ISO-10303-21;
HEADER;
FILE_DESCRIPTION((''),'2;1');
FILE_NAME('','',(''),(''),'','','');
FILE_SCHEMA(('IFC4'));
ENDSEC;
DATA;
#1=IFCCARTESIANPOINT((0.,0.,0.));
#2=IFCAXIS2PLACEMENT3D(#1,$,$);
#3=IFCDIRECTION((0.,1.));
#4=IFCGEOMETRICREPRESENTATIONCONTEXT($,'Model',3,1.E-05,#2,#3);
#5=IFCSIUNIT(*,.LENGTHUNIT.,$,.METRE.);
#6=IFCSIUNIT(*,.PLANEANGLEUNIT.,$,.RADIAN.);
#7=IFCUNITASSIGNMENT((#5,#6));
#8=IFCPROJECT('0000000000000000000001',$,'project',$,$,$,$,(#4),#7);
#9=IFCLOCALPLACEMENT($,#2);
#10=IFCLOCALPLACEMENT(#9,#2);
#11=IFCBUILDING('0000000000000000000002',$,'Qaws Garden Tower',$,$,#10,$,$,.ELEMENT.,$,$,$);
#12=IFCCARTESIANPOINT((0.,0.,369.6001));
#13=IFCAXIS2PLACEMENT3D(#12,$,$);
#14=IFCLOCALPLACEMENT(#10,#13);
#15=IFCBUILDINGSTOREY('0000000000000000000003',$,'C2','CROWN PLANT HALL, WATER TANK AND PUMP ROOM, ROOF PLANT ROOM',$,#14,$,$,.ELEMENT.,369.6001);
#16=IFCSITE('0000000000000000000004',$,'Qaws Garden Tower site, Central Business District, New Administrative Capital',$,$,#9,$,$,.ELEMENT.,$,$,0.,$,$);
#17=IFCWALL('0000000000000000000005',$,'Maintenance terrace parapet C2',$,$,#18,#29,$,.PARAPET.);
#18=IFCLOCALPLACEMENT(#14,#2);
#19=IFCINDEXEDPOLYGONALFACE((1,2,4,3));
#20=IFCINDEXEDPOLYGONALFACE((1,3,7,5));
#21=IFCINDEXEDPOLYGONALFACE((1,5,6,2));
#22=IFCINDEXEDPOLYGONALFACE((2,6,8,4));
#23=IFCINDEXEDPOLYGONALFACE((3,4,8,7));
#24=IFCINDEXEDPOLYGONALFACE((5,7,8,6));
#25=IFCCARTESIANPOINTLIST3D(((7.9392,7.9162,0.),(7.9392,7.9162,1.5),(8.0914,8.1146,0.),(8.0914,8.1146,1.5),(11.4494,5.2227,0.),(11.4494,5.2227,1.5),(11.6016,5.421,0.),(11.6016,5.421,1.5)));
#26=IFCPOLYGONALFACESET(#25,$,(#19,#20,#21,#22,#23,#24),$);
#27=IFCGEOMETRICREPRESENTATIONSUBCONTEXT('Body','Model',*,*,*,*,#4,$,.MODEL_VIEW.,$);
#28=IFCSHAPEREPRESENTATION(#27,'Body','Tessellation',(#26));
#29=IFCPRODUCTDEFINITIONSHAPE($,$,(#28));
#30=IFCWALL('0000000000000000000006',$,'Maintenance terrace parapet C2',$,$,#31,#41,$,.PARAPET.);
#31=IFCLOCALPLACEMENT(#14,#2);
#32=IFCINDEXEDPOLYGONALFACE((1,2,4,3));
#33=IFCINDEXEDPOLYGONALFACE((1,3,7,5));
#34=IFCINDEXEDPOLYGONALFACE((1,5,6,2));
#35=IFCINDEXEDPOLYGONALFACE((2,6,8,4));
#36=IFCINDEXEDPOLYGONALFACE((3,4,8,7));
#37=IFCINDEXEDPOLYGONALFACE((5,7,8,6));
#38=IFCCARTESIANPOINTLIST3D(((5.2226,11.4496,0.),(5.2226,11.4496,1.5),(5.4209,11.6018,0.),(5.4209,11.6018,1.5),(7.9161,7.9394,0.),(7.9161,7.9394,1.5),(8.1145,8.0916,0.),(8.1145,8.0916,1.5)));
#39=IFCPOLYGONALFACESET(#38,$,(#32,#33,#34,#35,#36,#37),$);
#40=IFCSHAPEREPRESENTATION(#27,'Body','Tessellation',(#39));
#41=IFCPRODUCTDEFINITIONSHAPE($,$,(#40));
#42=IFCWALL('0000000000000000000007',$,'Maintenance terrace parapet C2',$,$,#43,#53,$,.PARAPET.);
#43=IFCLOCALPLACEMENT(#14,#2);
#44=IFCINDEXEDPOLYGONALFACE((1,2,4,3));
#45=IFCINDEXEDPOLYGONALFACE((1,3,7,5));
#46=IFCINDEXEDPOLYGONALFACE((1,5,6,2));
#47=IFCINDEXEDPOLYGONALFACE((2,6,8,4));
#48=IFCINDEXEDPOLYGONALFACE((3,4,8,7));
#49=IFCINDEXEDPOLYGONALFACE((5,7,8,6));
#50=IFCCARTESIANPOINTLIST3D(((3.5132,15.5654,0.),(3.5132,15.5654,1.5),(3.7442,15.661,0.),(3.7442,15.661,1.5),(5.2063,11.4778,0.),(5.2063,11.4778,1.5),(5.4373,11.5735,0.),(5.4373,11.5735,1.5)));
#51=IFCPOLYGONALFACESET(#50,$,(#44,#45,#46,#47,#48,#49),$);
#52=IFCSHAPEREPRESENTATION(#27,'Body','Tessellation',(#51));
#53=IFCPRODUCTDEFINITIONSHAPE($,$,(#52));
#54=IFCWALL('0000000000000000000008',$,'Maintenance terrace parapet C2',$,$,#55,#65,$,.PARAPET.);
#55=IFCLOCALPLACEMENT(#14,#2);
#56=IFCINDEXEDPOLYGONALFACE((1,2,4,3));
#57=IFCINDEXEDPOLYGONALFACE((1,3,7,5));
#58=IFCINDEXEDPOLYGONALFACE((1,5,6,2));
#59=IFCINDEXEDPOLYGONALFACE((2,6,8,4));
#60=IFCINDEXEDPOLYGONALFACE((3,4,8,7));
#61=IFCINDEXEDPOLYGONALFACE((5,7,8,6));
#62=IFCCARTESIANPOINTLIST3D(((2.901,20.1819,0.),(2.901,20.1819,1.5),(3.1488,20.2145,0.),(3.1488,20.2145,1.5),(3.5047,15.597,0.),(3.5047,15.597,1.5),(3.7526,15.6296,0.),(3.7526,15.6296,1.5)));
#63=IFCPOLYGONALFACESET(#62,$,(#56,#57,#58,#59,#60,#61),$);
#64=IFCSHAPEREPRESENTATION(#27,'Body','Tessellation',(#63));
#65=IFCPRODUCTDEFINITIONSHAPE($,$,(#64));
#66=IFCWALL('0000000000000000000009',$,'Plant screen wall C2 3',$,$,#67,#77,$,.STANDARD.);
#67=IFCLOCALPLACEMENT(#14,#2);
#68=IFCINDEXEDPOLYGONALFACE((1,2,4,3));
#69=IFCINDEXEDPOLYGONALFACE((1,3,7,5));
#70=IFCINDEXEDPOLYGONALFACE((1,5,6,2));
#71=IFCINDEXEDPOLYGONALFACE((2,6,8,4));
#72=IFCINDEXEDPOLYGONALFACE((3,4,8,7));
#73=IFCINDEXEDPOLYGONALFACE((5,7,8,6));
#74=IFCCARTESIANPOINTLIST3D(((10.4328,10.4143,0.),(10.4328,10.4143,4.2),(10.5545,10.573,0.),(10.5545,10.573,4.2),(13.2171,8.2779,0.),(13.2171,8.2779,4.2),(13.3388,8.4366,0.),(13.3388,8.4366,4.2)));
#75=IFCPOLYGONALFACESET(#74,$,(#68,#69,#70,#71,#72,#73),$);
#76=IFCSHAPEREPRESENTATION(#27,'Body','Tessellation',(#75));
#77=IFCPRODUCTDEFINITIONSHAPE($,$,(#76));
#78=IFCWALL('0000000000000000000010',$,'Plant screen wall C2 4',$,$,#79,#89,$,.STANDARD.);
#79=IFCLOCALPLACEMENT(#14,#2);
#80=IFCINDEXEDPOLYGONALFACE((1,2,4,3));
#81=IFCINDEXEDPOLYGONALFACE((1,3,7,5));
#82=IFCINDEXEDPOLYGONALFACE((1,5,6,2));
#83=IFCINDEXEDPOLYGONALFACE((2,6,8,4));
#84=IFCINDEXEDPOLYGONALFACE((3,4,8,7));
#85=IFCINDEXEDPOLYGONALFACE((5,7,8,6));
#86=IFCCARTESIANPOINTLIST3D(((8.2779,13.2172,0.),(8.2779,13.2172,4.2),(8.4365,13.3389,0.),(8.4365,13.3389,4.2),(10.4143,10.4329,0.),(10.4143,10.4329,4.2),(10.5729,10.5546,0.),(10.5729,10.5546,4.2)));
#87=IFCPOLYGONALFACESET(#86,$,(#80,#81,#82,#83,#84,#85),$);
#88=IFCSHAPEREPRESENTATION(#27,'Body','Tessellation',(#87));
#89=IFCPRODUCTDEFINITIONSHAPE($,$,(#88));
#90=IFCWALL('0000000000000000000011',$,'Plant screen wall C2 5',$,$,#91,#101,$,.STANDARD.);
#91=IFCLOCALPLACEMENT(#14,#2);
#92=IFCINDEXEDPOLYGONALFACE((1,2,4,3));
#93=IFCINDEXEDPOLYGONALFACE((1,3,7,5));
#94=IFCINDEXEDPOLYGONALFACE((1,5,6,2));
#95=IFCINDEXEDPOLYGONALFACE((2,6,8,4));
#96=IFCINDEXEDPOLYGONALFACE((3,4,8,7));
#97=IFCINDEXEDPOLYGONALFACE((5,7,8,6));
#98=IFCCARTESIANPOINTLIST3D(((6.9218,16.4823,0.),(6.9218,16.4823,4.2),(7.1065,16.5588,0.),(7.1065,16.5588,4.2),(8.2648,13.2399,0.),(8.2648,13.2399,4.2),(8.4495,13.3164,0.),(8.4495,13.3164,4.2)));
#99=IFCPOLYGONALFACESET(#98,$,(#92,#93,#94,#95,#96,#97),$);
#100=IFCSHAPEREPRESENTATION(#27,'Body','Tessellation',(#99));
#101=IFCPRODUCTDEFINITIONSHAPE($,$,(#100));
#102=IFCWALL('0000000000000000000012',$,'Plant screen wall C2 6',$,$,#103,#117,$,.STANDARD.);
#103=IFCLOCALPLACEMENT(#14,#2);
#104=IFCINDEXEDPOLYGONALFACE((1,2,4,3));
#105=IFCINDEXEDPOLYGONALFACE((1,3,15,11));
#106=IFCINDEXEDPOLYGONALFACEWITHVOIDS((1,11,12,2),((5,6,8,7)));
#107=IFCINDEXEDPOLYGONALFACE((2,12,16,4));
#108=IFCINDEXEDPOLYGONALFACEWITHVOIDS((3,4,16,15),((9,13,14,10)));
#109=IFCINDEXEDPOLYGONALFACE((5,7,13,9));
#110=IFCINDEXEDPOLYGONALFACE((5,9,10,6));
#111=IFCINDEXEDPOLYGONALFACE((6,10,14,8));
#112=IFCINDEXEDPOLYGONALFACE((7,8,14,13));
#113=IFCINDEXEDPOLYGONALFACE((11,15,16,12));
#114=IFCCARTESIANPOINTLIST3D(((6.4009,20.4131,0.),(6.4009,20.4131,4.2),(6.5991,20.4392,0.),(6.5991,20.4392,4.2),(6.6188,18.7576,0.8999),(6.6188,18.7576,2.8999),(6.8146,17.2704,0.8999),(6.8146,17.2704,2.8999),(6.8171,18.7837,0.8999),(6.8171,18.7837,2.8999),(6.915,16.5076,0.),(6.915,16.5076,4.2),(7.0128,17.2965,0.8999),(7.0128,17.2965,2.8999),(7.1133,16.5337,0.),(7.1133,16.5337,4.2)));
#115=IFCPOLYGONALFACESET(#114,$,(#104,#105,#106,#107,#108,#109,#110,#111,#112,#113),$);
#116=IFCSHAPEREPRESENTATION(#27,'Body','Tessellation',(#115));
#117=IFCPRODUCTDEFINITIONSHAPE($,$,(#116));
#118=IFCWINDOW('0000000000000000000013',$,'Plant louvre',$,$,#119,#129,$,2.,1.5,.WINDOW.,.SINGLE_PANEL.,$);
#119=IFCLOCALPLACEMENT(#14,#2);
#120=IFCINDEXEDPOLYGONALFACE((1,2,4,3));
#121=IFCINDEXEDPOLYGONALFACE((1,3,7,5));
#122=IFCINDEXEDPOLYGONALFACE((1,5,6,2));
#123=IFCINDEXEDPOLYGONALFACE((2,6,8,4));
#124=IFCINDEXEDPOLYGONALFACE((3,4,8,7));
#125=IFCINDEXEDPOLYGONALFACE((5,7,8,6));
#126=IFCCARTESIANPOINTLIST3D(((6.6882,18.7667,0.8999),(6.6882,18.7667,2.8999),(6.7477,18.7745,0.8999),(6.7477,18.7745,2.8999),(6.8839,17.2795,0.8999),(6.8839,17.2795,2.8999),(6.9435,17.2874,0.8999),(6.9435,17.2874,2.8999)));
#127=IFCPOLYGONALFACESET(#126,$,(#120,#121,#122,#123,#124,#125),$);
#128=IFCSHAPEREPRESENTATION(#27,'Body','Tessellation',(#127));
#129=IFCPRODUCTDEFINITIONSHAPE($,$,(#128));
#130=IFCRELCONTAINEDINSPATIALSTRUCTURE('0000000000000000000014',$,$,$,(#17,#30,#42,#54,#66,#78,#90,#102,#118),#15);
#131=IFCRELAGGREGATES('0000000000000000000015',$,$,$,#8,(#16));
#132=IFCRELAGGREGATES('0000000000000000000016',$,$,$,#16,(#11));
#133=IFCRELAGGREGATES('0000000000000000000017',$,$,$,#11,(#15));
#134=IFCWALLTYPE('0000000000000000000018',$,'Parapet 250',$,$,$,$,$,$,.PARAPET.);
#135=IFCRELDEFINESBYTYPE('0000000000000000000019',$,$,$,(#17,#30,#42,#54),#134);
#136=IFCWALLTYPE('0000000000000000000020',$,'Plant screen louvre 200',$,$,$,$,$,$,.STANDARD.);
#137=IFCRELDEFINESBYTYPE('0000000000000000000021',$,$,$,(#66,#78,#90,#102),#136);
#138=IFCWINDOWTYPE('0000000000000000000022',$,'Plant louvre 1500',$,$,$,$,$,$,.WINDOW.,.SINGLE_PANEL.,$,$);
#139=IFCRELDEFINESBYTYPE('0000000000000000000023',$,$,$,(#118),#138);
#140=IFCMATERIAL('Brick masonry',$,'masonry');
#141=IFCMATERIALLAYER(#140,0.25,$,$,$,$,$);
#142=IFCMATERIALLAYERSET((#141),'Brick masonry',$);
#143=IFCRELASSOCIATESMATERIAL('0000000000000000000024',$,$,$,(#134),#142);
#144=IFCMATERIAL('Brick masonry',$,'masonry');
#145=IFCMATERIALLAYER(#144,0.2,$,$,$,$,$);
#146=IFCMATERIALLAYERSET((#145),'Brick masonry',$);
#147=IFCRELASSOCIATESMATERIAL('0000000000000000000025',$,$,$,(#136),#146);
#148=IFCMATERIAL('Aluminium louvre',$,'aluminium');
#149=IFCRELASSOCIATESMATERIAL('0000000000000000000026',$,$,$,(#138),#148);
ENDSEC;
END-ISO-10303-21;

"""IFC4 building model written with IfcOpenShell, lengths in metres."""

from ifc_helpers import new_model, si_unit, direction, frame, frame_2d, origin, place, context, subcontext, project, spatial, rectangle, extrude, material, layer, layer_set, type_object, element, fill, save


model = new_model("IFC4")

# Units and contexts
model_context = context("Model", 3, precision=1e-05, world=origin(), true_north=direction((0.0, 1.0)))
body_context = subcontext(model_context, "Body", "Model", "MODEL_VIEW")
ifc_project = project(units=[si_unit("LENGTHUNIT", "METRE"), si_unit("PLANEANGLEUNIT", "RADIAN")], contexts=[model_context])

# Site, building, storey
site_placement = place(None, origin())
site = spatial("IfcSite", under=ifc_project, at=site_placement, Name="Qaws Garden Tower site, Central Business District, New Administrative Capital", CompositionType="ELEMENT", RefElevation=0.0)
building_placement = place(site_placement, origin())
building = spatial("IfcBuilding", under=site, at=building_placement, Name="Qaws Garden Tower", CompositionType="ELEMENT")
storey_placement = place(building_placement, frame((0.0, 0.0, 369.6001)))
storey = spatial("IfcBuildingStorey", under=building, at=storey_placement, Name="C2", Description="CROWN PLANT HALL, WATER TANK AND PUMP ROOM, ROOF PLANT ROOM", CompositionType="ELEMENT", Elevation=369.6001)

# Walls
ifc_material_1 = material(Name="Brick masonry", Category="masonry")
ifc_layer_1 = layer(ifc_material_1, 0.25)
ifc_layer_set_1 = layer_set([ifc_layer_1], Name="Brick masonry")
wall_type_1 = type_object("IfcWallType", Name="Parapet 250", PredefinedType="PARAPET", material=ifc_layer_set_1)
for number, where, z_axis, x_axis, name in (
    (1, (11.5256, 5.3218, 0.0), (0.0, 0.0, 1.0), (-0.793343, 0.608774, 0.0), "Maintenance terrace parapet C2"),
    (2, (8.0154, 8.0154, 0.0), (0.0, 0.0, 1.0), (-0.608774, 0.793343, 0.0), "Maintenance terrace parapet C2"),
):
    element("IfcWall", number, at=place(storey_placement, frame(where, z_axis=z_axis, x_axis=x_axis)), inside=storey, type_object=wall_type_1, Name=name, PredefinedType="PARAPET", context=body_context, shape_type="SweptSolid", body=[
        extrude(rectangle(XDim=4.4246, YDim=0.25, at=frame_2d((2.2124, 0.0))), origin(), (0.0, 0.0, 1.0), 1.5),
    ])
wall_1_placement = place(storey_placement, frame((5.3218, 11.5256, 0.0), z_axis=(0.0, 0.0, 1.0), x_axis=(-0.382675, 0.923883, 0.0)))
element("IfcWall", 3, at=wall_1_placement, inside=storey, type_object=wall_type_1, Name="Maintenance terrace parapet C2", PredefinedType="PARAPET", context=body_context, shape_type="SweptSolid", body=[
    extrude(rectangle(XDim=4.4243, YDim=0.25, at=frame_2d((2.2122, 0.0))), origin(), (0.0, 0.0, 1.0), 1.5),
])
wall_2_placement = place(storey_placement, frame((3.6287, 15.6133, 0.0), z_axis=(0.0, 0.0, 1.0), x_axis=(-0.130556, 0.991441, 0.0)))
element("IfcWall", 4, at=wall_2_placement, inside=storey, type_object=wall_type_1, Name="Maintenance terrace parapet C2", PredefinedType="PARAPET", context=body_context, shape_type="SweptSolid", body=[
    extrude(rectangle(XDim=4.6245, YDim=0.25, at=frame_2d((2.3123, 0.0))), origin(), (0.0, 0.0, 1.0), 1.5),
])
ifc_material_2 = material(Name="Brick masonry", Category="masonry")
ifc_layer_2 = layer(ifc_material_2, 0.2)
ifc_layer_set_2 = layer_set([ifc_layer_2], Name="Brick masonry")
wall_type_2 = type_object("IfcWallType", Name="Plant screen louvre 200", PredefinedType="STANDARD", material=ifc_layer_set_2)
for number, where, z_axis, x_axis, name in (
    (5, (13.2781, 8.3572, 0.0), (0.0, 0.0, 1.0), (-0.793366, 0.608745, 0.0), "Plant screen wall C2 3"),
    (6, (10.4937, 10.4937, 0.0), (0.0, 0.0, 1.0), (-0.608745, 0.793366, 0.0), "Plant screen wall C2 4"),
    (7, (8.3572, 13.2781, 0.0), (0.0, 0.0, 1.0), (-0.382673, 0.923884, 0.0), "Plant screen wall C2 5"),
):
    element("IfcWall", number, at=place(storey_placement, frame(where, z_axis=z_axis, x_axis=x_axis)), inside=storey, type_object=wall_type_2, Name=name, PredefinedType="STANDARD", context=body_context, shape_type="SweptSolid", body=[
        extrude(rectangle(XDim=3.5095, YDim=0.2, at=frame_2d((1.7549, 0.0))), origin(), (0.0, 0.0, 1.0), 4.2),
    ])

# Wall, opening, window
wall_3_placement = place(storey_placement, frame((7.0142, 16.5205, 0.0), z_axis=(0.0, 0.0, 1.0), x_axis=(-0.130523, 0.991445, 0.0)))
wall_3 = element("IfcWall", 8, at=wall_3_placement, inside=storey, type_object=wall_type_2, Name="Plant screen wall C2 6", PredefinedType="STANDARD", context=body_context, shape_type="SweptSolid", body=[
    extrude(rectangle(XDim=3.9392, YDim=0.2, at=frame_2d((1.9697, 0.0))), origin(), (0.0, 0.0, 1.0), 4.2),
])
opening_1_placement = place(wall_3_placement, frame((0.7695, 0.0, 0.8999)))
opening_1 = element("IfcOpeningElement", 9, at=opening_1_placement, cuts=wall_3, PredefinedType="OPENING", context=body_context, shape_type="SweptSolid", body=[
    extrude(rectangle(XDim=1.5, YDim=2.0, at=frame_2d((0.75, 1.0))), frame((0.0, 0.1099, 0.0), z_axis=(0.0, -1.0, 0.0), x_axis=(1.0, 0.0, 0.0)), (0.0, 0.0, 1.0), 0.22),
])
ifc_material_3 = material(Name="Aluminium louvre", Category="aluminium")
window_type = type_object("IfcWindowType", Name="Plant louvre 1500", PartitioningType="SINGLE_PANEL", PredefinedType="WINDOW", material=ifc_material_3)
window_placement = place(opening_1_placement, origin())
window = element("IfcWindow", 10, at=window_placement, inside=storey, type_object=window_type, Name="Plant louvre", OverallHeight=2.0, OverallWidth=1.5, PartitioningType="SINGLE_PANEL", PredefinedType="WINDOW", context=body_context, shape_type="SweptSolid", body=[
    extrude(rectangle(XDim=1.5, YDim=2.0, at=frame_2d((0.75, 1.0))), frame((0.0, 0.03, 0.0), z_axis=(0.0, -1.0, 0.0), x_axis=(1.0, 0.0, 0.0)), (0.0, 0.0, 1.0), 0.0601),
])
fill(opening_1, window)

save(model, "model.ifc")
